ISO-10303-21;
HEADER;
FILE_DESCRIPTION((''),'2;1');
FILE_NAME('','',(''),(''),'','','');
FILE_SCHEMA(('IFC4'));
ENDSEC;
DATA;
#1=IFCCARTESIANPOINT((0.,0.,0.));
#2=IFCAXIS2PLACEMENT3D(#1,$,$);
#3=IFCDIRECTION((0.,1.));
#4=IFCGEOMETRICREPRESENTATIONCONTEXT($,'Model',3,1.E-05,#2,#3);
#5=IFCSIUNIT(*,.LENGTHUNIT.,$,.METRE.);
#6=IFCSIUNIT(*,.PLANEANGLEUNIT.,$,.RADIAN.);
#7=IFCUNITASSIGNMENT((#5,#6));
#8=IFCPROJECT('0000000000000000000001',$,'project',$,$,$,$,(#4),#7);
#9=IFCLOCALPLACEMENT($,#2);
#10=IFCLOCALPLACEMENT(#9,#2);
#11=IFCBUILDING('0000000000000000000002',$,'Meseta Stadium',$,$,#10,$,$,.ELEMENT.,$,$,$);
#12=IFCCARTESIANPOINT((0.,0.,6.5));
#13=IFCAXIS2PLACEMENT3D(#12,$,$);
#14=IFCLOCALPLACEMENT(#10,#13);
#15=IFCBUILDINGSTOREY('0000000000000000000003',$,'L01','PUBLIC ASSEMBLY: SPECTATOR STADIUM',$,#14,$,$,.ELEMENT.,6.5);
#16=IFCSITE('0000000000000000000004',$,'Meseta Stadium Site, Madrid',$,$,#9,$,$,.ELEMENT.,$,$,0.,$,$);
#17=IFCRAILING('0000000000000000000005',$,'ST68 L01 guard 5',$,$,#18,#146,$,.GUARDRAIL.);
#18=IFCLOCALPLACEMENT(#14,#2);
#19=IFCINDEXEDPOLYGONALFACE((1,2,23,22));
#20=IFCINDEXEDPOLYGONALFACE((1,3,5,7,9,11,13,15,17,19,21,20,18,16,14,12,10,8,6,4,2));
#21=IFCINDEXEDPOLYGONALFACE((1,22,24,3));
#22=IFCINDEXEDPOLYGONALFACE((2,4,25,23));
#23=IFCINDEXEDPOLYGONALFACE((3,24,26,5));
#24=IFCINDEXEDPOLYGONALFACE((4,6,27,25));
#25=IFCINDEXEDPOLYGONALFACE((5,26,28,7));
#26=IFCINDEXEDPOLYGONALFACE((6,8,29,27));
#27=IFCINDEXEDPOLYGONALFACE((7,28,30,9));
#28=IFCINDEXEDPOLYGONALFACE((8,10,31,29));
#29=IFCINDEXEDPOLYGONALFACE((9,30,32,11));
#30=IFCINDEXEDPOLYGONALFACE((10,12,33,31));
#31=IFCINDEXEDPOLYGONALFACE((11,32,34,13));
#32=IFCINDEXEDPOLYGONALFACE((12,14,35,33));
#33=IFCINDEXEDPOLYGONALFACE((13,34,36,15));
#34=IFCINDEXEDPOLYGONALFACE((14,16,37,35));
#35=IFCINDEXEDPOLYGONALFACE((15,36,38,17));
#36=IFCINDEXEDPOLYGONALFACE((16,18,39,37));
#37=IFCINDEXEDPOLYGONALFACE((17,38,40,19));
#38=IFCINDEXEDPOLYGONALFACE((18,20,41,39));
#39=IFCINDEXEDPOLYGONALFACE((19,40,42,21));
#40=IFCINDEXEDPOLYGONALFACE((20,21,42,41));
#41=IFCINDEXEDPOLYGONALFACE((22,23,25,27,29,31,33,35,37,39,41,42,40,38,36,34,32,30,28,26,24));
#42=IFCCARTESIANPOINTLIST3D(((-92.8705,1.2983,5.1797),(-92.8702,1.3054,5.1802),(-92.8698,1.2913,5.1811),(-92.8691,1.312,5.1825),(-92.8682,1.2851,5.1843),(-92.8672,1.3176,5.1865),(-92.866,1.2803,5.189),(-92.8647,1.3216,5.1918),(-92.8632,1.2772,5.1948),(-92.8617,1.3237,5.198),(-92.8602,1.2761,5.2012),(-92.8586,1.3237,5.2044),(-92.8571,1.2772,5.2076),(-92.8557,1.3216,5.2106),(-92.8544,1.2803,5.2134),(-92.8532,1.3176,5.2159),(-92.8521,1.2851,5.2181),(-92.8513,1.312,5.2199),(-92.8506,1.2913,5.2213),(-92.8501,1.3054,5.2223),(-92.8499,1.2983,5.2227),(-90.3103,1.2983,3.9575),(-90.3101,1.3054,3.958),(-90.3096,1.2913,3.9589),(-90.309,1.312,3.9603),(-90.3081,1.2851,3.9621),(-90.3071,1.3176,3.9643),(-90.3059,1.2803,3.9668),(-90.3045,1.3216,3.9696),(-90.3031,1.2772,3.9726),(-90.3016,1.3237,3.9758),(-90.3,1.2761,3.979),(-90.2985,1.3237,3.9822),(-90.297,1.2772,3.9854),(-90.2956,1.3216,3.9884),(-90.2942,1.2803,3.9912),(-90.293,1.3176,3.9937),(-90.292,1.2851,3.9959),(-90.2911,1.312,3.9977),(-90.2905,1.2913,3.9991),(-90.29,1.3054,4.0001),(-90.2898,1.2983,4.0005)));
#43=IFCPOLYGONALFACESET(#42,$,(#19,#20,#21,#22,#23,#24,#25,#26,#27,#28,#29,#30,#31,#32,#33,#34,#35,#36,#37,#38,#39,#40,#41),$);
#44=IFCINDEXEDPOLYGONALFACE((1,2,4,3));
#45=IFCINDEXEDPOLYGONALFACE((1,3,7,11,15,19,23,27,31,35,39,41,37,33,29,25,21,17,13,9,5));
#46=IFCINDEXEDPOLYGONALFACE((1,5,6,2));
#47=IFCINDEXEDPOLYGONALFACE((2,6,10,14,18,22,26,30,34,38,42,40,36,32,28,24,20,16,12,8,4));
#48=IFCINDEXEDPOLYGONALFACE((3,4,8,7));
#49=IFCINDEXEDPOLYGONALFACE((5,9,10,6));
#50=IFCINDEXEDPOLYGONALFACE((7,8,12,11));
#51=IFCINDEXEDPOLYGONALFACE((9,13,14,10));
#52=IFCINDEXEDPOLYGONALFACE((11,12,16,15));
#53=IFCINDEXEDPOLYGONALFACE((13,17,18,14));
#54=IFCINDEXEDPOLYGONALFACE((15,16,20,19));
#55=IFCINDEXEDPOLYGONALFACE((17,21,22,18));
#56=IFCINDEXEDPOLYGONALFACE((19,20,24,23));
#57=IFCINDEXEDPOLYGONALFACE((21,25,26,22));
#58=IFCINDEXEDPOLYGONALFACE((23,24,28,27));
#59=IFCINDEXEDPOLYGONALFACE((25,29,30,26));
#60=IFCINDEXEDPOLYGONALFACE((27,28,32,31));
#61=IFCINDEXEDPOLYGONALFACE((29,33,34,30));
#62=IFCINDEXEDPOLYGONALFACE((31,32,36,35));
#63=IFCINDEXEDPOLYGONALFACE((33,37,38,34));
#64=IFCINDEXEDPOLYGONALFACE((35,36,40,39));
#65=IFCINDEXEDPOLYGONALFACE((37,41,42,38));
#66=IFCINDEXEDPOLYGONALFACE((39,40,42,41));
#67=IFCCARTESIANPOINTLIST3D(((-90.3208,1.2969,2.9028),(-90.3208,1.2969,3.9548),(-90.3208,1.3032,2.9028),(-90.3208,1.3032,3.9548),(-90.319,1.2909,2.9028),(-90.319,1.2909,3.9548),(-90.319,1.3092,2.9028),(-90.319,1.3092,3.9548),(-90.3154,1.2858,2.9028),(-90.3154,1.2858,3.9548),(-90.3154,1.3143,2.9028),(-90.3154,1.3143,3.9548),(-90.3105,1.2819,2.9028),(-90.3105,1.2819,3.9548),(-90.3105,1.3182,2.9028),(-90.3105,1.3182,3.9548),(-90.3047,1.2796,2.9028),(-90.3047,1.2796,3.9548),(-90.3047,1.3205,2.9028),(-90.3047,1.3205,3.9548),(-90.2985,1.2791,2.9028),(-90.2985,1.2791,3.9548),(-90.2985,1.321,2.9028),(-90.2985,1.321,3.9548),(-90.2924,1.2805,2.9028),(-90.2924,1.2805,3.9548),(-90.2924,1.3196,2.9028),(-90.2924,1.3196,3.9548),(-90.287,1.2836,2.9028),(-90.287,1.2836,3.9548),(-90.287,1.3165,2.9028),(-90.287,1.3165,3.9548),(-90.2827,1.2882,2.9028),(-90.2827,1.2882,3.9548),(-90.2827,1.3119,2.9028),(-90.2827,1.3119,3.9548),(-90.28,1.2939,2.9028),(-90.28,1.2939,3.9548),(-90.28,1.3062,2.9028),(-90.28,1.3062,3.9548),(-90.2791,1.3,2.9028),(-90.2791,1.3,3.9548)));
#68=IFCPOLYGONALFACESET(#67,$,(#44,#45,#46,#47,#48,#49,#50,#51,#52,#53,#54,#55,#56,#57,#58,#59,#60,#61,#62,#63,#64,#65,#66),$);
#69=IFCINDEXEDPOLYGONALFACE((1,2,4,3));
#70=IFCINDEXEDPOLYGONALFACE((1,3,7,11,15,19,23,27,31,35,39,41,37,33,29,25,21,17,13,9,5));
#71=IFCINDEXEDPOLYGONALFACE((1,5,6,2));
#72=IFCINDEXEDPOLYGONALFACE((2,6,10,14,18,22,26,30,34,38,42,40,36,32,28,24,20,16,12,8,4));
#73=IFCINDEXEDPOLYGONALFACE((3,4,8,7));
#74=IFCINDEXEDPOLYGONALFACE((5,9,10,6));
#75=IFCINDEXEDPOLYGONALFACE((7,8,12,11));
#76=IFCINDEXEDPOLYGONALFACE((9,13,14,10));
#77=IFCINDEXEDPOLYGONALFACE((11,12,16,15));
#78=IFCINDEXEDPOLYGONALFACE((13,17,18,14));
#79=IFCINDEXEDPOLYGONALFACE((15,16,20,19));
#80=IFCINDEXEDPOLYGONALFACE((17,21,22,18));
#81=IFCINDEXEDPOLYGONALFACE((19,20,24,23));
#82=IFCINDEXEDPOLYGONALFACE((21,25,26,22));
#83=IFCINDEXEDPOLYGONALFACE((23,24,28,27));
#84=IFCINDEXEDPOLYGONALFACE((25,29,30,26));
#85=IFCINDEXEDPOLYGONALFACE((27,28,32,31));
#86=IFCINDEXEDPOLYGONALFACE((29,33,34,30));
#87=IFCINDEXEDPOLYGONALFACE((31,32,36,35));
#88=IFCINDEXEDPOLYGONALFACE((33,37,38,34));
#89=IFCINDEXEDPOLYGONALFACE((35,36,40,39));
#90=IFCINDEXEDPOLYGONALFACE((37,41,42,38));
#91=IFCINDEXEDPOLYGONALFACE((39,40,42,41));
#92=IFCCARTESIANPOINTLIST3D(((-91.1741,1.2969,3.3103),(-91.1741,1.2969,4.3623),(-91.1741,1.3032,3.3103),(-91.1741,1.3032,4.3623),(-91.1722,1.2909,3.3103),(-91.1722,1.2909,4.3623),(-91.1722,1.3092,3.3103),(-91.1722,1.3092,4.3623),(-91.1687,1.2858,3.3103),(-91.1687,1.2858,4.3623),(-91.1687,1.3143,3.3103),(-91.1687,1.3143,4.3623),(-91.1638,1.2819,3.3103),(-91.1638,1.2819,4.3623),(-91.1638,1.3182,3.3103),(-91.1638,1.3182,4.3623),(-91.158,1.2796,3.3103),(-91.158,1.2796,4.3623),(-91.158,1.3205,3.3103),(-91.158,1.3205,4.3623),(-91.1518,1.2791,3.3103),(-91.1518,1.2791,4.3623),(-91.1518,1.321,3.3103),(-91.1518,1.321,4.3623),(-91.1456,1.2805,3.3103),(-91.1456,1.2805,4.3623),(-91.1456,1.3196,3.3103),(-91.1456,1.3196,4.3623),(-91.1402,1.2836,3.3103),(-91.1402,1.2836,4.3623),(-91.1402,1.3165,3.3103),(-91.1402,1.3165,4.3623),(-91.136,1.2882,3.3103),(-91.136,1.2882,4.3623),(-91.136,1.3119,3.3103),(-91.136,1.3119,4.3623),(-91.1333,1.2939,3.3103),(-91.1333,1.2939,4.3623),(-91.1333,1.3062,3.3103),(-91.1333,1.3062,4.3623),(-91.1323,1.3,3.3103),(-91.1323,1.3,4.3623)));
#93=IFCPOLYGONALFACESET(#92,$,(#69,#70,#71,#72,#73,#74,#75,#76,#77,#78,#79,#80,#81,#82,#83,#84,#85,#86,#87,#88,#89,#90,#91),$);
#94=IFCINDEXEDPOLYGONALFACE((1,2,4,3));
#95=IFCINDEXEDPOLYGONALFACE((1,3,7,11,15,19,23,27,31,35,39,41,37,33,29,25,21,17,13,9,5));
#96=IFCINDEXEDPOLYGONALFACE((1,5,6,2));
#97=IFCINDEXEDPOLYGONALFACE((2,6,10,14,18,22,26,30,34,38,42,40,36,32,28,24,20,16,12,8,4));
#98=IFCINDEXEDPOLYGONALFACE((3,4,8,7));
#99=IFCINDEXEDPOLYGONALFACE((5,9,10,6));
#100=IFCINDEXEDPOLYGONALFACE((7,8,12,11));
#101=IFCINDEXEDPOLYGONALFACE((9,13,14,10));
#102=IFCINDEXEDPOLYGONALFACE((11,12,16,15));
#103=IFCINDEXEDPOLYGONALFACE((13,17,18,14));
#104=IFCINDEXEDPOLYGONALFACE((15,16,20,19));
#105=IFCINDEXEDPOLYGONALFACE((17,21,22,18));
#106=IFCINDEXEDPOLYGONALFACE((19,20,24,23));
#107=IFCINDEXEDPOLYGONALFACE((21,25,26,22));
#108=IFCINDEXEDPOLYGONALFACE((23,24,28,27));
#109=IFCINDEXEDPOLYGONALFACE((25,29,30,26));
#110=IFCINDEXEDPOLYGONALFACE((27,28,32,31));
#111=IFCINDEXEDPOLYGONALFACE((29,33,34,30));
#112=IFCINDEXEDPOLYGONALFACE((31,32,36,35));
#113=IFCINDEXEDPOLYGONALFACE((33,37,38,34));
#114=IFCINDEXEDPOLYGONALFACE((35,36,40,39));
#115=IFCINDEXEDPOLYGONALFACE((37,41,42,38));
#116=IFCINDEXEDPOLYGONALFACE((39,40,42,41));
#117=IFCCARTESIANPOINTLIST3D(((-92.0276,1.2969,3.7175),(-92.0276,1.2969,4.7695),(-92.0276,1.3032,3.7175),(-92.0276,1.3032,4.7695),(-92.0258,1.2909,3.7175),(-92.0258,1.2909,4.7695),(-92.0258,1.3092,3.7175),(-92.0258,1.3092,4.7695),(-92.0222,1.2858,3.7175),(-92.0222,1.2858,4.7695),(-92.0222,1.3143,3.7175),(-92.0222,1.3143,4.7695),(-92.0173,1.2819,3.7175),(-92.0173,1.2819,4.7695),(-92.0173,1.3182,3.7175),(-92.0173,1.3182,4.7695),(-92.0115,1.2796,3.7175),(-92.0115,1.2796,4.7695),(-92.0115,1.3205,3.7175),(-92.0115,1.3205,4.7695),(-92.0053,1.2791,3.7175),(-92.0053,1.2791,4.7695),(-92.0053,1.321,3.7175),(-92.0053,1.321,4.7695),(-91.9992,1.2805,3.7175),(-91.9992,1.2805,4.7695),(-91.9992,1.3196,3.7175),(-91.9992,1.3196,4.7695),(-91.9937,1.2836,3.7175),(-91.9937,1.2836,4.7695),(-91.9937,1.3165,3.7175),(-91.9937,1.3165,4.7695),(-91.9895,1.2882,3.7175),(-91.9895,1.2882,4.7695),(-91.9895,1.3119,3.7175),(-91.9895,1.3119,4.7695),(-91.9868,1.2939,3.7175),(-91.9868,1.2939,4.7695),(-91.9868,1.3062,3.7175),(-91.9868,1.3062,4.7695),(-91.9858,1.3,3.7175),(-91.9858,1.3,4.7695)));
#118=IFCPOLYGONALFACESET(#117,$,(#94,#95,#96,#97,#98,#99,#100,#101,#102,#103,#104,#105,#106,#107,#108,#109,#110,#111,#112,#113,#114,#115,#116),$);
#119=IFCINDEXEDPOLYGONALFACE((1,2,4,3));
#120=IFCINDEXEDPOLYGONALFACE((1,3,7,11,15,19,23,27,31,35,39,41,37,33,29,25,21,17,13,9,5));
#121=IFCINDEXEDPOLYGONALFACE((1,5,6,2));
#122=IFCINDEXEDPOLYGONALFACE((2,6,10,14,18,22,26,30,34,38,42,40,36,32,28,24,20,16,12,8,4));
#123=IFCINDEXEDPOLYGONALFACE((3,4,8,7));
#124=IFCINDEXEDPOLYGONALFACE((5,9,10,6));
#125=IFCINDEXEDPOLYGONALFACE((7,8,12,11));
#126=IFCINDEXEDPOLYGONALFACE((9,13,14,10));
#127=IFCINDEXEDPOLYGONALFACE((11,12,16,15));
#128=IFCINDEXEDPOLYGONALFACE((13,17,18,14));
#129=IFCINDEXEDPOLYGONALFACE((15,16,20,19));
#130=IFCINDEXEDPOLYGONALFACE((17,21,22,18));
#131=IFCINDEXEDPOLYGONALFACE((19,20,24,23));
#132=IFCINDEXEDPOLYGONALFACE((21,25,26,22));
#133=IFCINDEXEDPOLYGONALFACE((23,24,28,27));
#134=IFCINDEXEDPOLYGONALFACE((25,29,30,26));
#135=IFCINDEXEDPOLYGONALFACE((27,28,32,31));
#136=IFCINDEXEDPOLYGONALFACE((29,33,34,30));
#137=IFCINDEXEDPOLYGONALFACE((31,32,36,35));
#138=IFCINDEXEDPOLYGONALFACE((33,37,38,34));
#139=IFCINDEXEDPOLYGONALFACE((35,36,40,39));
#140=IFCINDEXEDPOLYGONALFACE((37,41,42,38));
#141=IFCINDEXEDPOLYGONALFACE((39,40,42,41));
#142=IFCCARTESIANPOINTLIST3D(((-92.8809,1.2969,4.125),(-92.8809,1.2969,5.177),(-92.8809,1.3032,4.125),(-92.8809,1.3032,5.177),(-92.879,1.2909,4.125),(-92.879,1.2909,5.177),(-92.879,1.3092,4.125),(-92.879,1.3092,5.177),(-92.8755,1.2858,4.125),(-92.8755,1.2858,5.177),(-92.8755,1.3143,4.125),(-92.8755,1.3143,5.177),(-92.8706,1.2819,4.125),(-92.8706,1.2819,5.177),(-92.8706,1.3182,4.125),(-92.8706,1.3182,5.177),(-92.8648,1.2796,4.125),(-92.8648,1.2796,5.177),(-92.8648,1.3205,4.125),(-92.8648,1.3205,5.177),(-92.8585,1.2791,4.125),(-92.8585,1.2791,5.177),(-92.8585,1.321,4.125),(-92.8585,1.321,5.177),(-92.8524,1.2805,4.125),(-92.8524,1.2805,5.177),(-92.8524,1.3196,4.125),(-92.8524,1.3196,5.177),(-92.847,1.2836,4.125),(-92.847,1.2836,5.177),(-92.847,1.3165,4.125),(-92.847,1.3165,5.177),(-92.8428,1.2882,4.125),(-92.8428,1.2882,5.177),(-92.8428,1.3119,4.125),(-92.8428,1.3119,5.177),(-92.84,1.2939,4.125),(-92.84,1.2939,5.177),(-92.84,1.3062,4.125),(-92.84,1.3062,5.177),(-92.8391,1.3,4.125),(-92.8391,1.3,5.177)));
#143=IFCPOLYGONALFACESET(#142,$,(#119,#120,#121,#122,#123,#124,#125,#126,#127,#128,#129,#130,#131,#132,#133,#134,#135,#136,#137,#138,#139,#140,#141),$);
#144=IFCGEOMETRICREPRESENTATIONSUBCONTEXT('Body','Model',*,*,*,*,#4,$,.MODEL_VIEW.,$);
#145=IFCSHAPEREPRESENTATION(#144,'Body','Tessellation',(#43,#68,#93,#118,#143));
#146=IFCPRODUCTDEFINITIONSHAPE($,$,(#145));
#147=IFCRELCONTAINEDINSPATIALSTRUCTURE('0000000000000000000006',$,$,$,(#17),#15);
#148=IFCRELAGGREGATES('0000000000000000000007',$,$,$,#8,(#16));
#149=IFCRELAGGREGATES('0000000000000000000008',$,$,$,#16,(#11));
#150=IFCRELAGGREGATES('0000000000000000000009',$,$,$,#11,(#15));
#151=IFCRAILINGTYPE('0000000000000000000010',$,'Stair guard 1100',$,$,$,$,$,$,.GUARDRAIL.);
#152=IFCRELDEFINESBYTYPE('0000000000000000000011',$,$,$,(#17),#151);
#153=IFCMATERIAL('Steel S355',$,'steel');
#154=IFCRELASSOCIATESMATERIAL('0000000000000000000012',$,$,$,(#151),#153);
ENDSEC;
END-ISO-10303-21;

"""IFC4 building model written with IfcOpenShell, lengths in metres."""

from ifc_helpers import new_model, si_unit, direction, frame, origin, origin_2d, place, context, subcontext, project, spatial, circle, extrude, material, type_object, element, save


model = new_model("IFC4")

# Units and contexts
model_context = context("Model", 3, precision=1e-05, world=origin(), true_north=direction((0.0, 1.0)))
body_context = subcontext(model_context, "Body", "Model", "MODEL_VIEW")
ifc_project = project(units=[si_unit("LENGTHUNIT", "METRE"), si_unit("PLANEANGLEUNIT", "RADIAN")], contexts=[model_context])

# Site, building, storey
site_placement = place(None, origin())
site = spatial("IfcSite", under=ifc_project, at=site_placement, Name="Meseta Stadium Site, Madrid", CompositionType="ELEMENT", RefElevation=0.0)
building_placement = place(site_placement, origin())
building = spatial("IfcBuilding", under=site, at=building_placement, Name="Meseta Stadium", CompositionType="ELEMENT")
storey_placement = place(building_placement, frame((0.0, 0.0, 6.5)))
storey = spatial("IfcBuildingStorey", under=building, at=storey_placement, Name="L01", Description="PUBLIC ASSEMBLY: SPECTATOR STADIUM", CompositionType="ELEMENT", Elevation=6.5)

# Railing
ifc_material_1 = material(Name="Steel S355", Category="steel")
railing_type_1 = type_object("IfcRailingType", Name="Stair guard 1100", PredefinedType="GUARDRAIL", material=ifc_material_1)
railing_1_placement = place(storey_placement, frame((-90.3, 1.3, 2.9028)))
element("IfcRailing", 1, at=railing_1_placement, inside=storey, type_object=railing_type_1, Name="ST68 L01 guard 5", PredefinedType="GUARDRAIL", context=body_context, shape_type="SweptSolid", body=[
    extrude(circle(Radius=0.0239, at=origin_2d()), frame((0.0, 0.0, 1.0762), z_axis=(-0.902437, 0.0, 0.430822), x_axis=(0.0, -1.0, 0.0)), (0.0, 0.0, 1.0), 2.8369),
    extrude(circle(Radius=0.021, at=origin_2d()), origin(), (0.0, 0.0, 1.0), 1.052),
    extrude(circle(Radius=0.021, at=origin_2d()), frame((-0.8533, 0.0, 0.4075)), (0.0, 0.0, 1.0), 1.052),
    extrude(circle(Radius=0.021, at=origin_2d()), frame((-1.7068, 0.0, 0.8147)), (0.0, 0.0, 1.0), 1.052),
    extrude(circle(Radius=0.021, at=origin_2d()), frame((-2.5601, 0.0, 1.2222)), (0.0, 0.0, 1.0), 1.052),
])

save(model, "model.ifc")
